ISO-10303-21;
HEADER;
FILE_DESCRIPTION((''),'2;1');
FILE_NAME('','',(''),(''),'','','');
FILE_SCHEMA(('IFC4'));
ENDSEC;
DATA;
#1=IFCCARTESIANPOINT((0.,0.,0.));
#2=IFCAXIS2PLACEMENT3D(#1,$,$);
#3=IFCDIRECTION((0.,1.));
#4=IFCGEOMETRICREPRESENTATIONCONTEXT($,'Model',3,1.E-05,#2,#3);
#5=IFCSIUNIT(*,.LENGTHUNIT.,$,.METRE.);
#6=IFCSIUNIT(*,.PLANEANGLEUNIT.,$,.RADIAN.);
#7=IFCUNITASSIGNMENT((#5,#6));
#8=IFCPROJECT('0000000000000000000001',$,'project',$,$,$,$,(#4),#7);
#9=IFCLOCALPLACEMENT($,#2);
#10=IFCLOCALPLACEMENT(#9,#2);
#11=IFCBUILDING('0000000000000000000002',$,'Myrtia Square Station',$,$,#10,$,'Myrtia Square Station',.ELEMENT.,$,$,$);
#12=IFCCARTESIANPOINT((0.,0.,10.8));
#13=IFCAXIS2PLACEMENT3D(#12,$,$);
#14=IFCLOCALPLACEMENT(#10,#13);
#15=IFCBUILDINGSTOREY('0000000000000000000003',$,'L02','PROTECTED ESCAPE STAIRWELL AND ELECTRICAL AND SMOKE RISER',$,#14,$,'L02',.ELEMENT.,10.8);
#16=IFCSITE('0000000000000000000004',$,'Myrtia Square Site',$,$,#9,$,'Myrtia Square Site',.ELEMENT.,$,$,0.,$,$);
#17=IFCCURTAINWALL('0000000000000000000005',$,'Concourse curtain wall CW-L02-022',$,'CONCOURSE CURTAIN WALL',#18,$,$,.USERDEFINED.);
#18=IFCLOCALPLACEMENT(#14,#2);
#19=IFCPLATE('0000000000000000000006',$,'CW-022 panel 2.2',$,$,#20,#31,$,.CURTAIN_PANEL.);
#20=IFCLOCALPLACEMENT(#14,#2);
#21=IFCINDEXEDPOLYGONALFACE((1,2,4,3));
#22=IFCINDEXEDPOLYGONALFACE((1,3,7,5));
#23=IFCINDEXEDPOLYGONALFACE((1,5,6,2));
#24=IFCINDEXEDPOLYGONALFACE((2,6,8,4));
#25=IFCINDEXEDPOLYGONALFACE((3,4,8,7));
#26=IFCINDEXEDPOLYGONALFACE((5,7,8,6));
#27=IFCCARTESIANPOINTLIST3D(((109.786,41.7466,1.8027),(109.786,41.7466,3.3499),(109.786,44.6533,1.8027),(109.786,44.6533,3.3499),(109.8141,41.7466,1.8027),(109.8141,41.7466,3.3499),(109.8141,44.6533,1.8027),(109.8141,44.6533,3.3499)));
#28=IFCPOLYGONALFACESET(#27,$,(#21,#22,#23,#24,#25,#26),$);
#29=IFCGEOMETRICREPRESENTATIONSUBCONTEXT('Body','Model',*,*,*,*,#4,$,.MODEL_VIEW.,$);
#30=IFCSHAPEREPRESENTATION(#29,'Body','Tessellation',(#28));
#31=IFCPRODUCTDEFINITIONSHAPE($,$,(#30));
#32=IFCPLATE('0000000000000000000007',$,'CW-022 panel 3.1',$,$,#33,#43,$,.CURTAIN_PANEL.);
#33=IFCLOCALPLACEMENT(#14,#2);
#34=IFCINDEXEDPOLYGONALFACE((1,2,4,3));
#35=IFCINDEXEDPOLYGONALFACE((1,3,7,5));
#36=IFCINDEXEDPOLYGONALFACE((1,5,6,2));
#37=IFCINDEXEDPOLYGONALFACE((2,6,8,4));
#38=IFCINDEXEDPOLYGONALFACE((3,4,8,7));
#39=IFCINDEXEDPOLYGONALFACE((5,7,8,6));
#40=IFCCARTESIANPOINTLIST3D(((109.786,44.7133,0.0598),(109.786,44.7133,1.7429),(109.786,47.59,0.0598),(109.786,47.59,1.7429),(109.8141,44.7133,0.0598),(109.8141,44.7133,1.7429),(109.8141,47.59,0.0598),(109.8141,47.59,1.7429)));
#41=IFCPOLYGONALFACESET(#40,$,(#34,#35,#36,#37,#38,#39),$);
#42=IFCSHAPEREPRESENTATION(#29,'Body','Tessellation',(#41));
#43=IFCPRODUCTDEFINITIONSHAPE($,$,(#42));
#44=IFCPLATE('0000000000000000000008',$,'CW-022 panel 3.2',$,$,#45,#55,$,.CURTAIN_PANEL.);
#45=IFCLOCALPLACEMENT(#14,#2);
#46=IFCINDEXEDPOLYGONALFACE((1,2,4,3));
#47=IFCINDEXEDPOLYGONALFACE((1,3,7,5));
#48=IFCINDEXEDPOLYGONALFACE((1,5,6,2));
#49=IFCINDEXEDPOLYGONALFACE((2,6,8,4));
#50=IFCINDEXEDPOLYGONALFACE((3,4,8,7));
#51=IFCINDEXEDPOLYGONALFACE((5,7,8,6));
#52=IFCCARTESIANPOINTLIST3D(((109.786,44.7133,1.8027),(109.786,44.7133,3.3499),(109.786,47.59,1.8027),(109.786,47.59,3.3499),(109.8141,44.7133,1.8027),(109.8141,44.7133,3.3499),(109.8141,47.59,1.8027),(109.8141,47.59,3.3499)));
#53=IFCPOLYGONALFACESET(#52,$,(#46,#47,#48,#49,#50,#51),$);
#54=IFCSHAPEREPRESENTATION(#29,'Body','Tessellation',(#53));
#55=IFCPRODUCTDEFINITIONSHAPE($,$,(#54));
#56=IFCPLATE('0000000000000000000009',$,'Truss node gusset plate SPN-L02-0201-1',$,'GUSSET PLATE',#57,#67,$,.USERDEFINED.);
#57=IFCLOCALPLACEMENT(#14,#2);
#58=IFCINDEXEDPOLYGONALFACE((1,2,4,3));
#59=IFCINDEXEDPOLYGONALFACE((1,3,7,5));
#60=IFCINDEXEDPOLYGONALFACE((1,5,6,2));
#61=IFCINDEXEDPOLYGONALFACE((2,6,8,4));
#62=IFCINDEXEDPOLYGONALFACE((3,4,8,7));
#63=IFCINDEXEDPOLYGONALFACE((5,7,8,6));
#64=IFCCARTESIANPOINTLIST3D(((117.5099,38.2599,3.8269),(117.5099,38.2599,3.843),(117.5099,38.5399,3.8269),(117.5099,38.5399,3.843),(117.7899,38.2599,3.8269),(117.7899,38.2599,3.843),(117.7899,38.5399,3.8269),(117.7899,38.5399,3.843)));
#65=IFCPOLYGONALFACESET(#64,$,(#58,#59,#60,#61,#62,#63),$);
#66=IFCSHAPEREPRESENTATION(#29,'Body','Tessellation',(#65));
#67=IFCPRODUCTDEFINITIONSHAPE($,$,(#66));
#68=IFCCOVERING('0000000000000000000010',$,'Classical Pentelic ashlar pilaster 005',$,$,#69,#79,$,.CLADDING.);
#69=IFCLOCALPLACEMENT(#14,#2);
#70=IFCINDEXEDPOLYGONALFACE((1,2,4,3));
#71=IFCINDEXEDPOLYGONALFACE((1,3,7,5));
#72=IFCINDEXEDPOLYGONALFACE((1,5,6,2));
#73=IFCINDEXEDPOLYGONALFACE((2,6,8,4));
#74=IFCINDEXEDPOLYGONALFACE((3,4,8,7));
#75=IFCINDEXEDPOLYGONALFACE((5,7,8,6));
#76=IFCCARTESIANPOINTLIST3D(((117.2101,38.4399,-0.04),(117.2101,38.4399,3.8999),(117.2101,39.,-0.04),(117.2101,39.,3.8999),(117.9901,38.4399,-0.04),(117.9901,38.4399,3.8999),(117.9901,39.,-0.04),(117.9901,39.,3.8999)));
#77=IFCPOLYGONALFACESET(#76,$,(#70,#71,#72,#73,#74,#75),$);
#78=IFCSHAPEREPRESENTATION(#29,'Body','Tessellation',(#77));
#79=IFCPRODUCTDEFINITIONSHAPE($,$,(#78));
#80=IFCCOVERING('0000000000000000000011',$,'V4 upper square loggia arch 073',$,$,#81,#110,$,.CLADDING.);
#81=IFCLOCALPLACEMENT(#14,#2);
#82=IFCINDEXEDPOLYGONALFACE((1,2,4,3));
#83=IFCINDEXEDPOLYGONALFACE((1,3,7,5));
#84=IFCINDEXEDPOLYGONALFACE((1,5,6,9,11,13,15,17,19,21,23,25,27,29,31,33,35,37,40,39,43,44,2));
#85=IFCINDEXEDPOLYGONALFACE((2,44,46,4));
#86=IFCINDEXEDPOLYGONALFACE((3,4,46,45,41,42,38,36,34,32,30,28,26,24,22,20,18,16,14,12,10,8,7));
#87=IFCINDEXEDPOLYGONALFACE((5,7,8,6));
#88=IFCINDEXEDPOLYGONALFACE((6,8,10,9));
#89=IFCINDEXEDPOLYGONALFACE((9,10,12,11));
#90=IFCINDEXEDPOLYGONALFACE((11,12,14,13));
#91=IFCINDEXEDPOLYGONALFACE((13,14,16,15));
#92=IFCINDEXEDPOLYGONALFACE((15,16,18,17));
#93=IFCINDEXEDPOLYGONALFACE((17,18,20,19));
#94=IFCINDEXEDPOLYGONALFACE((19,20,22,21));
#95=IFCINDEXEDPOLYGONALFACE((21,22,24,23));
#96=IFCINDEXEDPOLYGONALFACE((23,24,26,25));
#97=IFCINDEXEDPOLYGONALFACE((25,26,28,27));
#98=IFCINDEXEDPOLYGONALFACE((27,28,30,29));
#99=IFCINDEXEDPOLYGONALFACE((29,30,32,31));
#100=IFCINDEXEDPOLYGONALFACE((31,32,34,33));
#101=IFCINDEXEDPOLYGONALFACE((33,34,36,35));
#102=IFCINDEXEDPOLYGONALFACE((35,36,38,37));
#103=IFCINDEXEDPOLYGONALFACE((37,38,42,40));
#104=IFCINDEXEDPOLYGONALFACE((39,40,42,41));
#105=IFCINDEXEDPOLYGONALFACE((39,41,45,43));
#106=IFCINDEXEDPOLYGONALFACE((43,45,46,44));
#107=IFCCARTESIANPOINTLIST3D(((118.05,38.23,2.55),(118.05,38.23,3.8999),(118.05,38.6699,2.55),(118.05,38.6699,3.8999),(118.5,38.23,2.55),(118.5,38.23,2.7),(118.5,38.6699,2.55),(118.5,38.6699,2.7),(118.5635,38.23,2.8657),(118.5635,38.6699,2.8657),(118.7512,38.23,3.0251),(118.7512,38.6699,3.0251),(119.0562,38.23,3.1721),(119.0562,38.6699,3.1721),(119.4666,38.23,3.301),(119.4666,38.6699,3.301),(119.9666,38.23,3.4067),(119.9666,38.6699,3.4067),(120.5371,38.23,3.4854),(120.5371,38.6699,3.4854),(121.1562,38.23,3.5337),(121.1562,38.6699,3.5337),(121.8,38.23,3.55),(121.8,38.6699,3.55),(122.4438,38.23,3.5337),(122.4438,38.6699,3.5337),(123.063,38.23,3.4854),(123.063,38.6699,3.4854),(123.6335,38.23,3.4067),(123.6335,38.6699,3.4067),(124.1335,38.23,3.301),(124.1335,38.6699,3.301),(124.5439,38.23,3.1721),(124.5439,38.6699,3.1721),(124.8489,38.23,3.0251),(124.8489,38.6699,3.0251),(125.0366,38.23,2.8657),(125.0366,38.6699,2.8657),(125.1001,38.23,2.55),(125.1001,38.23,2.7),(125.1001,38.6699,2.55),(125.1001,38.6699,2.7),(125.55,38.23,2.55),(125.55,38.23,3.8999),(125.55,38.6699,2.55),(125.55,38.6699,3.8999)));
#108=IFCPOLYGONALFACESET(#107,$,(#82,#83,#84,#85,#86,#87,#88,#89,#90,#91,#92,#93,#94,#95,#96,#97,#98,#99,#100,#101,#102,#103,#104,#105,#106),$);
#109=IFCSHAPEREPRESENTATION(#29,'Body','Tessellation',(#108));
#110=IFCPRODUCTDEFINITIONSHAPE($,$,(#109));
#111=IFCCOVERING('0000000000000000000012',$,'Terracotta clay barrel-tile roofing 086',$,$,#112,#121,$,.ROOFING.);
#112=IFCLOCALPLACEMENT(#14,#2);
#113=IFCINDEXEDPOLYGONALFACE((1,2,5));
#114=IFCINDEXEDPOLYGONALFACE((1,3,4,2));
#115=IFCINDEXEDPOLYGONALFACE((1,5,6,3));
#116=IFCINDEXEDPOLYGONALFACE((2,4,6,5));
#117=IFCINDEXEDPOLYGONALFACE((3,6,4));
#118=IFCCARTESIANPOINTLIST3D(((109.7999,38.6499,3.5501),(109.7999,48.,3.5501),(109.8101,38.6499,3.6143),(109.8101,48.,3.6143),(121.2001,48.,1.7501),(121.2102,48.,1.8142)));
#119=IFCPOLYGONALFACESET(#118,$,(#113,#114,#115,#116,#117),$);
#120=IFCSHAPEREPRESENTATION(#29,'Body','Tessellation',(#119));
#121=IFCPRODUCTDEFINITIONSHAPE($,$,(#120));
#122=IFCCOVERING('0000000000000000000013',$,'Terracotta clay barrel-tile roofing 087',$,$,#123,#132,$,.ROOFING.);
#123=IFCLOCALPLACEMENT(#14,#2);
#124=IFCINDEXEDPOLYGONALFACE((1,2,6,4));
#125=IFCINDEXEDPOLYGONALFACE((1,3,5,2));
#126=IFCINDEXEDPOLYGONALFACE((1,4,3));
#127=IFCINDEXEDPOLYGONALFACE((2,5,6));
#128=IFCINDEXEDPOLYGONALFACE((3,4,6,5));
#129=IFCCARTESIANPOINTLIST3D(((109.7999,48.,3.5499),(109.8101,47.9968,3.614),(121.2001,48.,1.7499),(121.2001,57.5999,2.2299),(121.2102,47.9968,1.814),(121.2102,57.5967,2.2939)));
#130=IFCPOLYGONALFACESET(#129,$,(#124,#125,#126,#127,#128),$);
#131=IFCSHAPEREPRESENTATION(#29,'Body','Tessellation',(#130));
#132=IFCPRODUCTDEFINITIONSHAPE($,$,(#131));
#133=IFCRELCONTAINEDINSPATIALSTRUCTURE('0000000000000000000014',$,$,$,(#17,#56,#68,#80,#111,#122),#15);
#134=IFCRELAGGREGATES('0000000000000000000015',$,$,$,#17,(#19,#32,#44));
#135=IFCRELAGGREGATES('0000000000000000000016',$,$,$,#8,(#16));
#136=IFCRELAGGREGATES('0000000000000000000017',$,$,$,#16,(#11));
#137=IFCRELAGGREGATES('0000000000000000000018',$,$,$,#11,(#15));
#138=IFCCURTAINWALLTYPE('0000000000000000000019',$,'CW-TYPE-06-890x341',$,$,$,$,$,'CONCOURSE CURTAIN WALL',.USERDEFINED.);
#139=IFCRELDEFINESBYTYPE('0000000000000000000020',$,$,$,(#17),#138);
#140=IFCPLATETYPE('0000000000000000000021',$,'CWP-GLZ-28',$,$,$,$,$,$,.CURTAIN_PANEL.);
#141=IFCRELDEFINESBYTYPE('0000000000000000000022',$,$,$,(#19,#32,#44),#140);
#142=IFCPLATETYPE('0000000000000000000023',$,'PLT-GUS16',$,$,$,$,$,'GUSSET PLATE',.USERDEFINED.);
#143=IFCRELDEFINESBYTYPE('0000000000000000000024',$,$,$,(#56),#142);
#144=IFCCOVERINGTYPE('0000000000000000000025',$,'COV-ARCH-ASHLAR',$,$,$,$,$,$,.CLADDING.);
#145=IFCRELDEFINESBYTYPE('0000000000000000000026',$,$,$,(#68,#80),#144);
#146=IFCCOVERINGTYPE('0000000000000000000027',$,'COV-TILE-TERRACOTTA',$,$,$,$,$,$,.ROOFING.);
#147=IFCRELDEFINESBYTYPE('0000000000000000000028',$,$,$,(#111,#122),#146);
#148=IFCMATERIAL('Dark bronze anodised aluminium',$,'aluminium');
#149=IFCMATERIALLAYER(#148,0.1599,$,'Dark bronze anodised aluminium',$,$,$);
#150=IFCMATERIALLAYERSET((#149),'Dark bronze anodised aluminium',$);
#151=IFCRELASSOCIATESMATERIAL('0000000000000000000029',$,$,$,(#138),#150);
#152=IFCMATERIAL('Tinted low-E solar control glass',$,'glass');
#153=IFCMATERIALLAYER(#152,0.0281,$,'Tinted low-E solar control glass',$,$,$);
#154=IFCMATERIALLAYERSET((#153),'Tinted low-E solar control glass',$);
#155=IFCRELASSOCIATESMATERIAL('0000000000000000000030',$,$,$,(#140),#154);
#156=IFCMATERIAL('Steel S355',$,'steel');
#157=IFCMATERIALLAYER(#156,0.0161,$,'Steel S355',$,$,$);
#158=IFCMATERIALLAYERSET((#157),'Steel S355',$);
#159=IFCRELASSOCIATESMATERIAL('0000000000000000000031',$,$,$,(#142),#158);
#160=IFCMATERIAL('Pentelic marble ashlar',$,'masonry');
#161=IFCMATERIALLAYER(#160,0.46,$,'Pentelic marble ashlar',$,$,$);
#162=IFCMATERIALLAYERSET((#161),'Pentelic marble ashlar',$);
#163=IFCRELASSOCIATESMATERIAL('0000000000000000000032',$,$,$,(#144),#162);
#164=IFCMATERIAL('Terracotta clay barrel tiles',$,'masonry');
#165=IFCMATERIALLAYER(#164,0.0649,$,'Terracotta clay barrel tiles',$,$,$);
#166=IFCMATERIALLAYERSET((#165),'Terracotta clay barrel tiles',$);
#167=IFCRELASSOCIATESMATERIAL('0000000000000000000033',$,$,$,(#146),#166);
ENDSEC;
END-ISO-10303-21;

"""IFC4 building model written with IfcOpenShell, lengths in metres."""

from ifc_helpers import new_model, si_unit, direction, frame, origin, origin_2d, place, context, subcontext, project, spatial, polyline, rectangle, outline, extrude, material, layer, layer_set, type_object, element, aggregate, save


model = new_model("IFC4")

# Units and contexts
model_context = context("Model", 3, precision=1e-05, world=origin(), true_north=direction((0.0, 1.0)))
body_context = subcontext(model_context, "Body", "Model", "MODEL_VIEW")
ifc_project = project(units=[si_unit("LENGTHUNIT", "METRE"), si_unit("PLANEANGLEUNIT", "RADIAN")], contexts=[model_context])

# Site, building, storey
site_placement = place(None, origin())
site = spatial("IfcSite", under=ifc_project, at=site_placement, Name="Myrtia Square Site", LongName="Myrtia Square Site", CompositionType="ELEMENT", RefElevation=0.0)
building_placement = place(site_placement, origin())
building = spatial("IfcBuilding", under=site, at=building_placement, Name="Myrtia Square Station", LongName="Myrtia Square Station", CompositionType="ELEMENT")
storey_placement = place(building_placement, frame((0.0, 0.0, 10.8)))
storey = spatial("IfcBuildingStorey", under=building, at=storey_placement, Name="L02", Description="PROTECTED ESCAPE STAIRWELL AND ELECTRICAL AND SMOKE RISER", LongName="L02", CompositionType="ELEMENT", Elevation=10.8)

# Shared definitions
ifc_material_1 = material(Name="Steel S355", Category="steel")

# Curtain wall
ifc_material_2 = material(Name="Dark bronze anodised aluminium", Category="aluminium")
ifc_layer_1 = layer(ifc_material_2, 0.1599, Name="Dark bronze anodised aluminium")
ifc_layer_set_1 = layer_set([ifc_layer_1], Name="Dark bronze anodised aluminium")
curtain_wall_type = type_object("IfcCurtainWallType", Name="CW-TYPE-06-890x341", ElementType="CONCOURSE CURTAIN WALL", PredefinedType="USERDEFINED", material=ifc_layer_set_1)
curtain_wall_placement = place(storey_placement, origin())
curtain_wall = element("IfcCurtainWall", 1, at=curtain_wall_placement, inside=storey, type_object=curtain_wall_type, Name="Concourse curtain wall CW-L02-022", ObjectType="CONCOURSE CURTAIN WALL", PredefinedType="USERDEFINED")

# Plates
ifc_material_3 = material(Name="Tinted low-E solar control glass", Category="glass")
ifc_layer_2 = layer(ifc_material_3, 0.0281, Name="Tinted low-E solar control glass")
ifc_layer_set_2 = layer_set([ifc_layer_2], Name="Tinted low-E solar control glass")
plate_type_1 = type_object("IfcPlateType", Name="CWP-GLZ-28", PredefinedType="CURTAIN_PANEL", material=ifc_layer_set_2)
plate_1_placement = place(storey_placement, frame((109.8, 43.2, 1.8027), z_axis=(0.0, 0.0, 1.0), x_axis=(0.0, 1.0, 0.0)))
plate_1 = element("IfcPlate", 2, at=plate_1_placement, type_object=plate_type_1, Name="CW-022 panel 2.2", PredefinedType="CURTAIN_PANEL", context=body_context, shape_type="SweptSolid", body=[
    extrude(rectangle(XDim=2.9067, YDim=0.0281, at=origin_2d()), origin(), (0.0, 0.0, 1.0), 1.5471),
])
plate_2_placement = place(storey_placement, frame((109.8, 46.1516, 0.0598), z_axis=(0.0, 0.0, 1.0), x_axis=(0.0, 1.0, 0.0)))
plate_2 = element("IfcPlate", 3, at=plate_2_placement, type_object=plate_type_1, Name="CW-022 panel 3.1", PredefinedType="CURTAIN_PANEL", context=body_context, shape_type="SweptSolid", body=[
    extrude(rectangle(XDim=2.8767, YDim=0.0281, at=origin_2d()), origin(), (0.0, 0.0, 1.0), 1.6831),
])
plate_3_placement = place(storey_placement, frame((109.8, 46.1516, 1.8027), z_axis=(0.0, 0.0, 1.0), x_axis=(0.0, 1.0, 0.0)))
plate_3 = element("IfcPlate", 4, at=plate_3_placement, type_object=plate_type_1, Name="CW-022 panel 3.2", PredefinedType="CURTAIN_PANEL", context=body_context, shape_type="SweptSolid", body=[
    extrude(rectangle(XDim=2.8767, YDim=0.0281, at=origin_2d()), origin(), (0.0, 0.0, 1.0), 1.5471),
])
aggregate(curtain_wall, [plate_1, plate_2, plate_3])
ifc_layer_3 = layer(ifc_material_1, 0.0161, Name="Steel S355")
ifc_layer_set_3 = layer_set([ifc_layer_3], Name="Steel S355")
plate_type_2 = type_object("IfcPlateType", Name="PLT-GUS16", ElementType="GUSSET PLATE", PredefinedType="USERDEFINED", material=ifc_layer_set_3)
plate_4_placement = place(storey_placement, frame((117.6499, 38.3999, 3.8269), z_axis=(0.0, 0.0, 1.0), x_axis=(1.0, 0.0, 0.0)))
element("IfcPlate", 5, at=plate_4_placement, inside=storey, type_object=plate_type_2, Name="Truss node gusset plate SPN-L02-0201-1", ObjectType="GUSSET PLATE", PredefinedType="USERDEFINED", context=body_context, shape_type="SweptSolid", body=[
    extrude(rectangle(XDim=0.28, YDim=0.28, at=origin_2d()), origin(), (0.0, 0.0, 1.0), 0.0161),
])

# Coverings
ifc_material_4 = material(Name="Pentelic marble ashlar", Category="masonry")
ifc_layer_4 = layer(ifc_material_4, 0.46, Name="Pentelic marble ashlar")
ifc_layer_set_4 = layer_set([ifc_layer_4], Name="Pentelic marble ashlar")
covering_type_1 = type_object("IfcCoveringType", Name="COV-ARCH-ASHLAR", PredefinedType="CLADDING", material=ifc_layer_set_4)
covering_1_placement = place(storey_placement, frame((117.6001, 38.72, -0.04), z_axis=(0.0, 0.0, 1.0), x_axis=(1.0, 0.0, 0.0)))
element("IfcCovering", 6, at=covering_1_placement, inside=storey, type_object=covering_type_1, Name="Classical Pentelic ashlar pilaster 005", PredefinedType="CLADDING", context=body_context, shape_type="SweptSolid", body=[
    extrude(rectangle(XDim=0.78, YDim=0.5601, at=origin_2d()), origin(), (0.0, 0.0, 1.0), 3.9399),
])
covering_2_placement = place(storey_placement, frame((118.05, 38.45, 2.55), z_axis=(0.0, 0.0, 1.0), x_axis=(1.0, 0.0, 0.0)))
element("IfcCovering", 7, at=covering_2_placement, inside=storey, type_object=covering_type_1, Name="V4 upper square loggia arch 073", PredefinedType="CLADDING", context=body_context, shape_type="SweptSolid", body=[
    extrude(outline(polyline([(0.0, 0.0), (0.45, 0.0), (0.45, 0.1499), (0.5134, 0.3157), (0.7012, 0.4751), (1.0061, 0.6221), (1.4165, 0.751), (1.9165, 0.8567), (2.4871, 0.9353), (3.1062, 0.9836), (3.75, 1.0), (4.3938, 0.9836), (5.0129, 0.9353), (5.5835, 0.8567), (6.0835, 0.751), (6.4939, 0.6221), (6.7988, 0.4751), (6.9866, 0.3157), (7.05, 0.1499), (7.05, 0.0), (7.5, 0.0), (7.5, 1.3499), (0.0, 1.3499), (0.0, 0.0)])), frame((0.0, 0.22, 0.0), z_axis=(0.0, -1.0, 0.0), x_axis=(1.0, 0.0, 0.0)), (0.0, 0.0, 1.0), 0.4399),
])
ifc_material_5 = material(Name="Terracotta clay barrel tiles", Category="masonry")
ifc_layer_5 = layer(ifc_material_5, 0.0649, Name="Terracotta clay barrel tiles")
ifc_layer_set_5 = layer_set([ifc_layer_5], Name="Terracotta clay barrel tiles")
covering_type_2 = type_object("IfcCoveringType", Name="COV-TILE-TERRACOTTA", PredefinedType="ROOFING", material=ifc_layer_set_5)
covering_3_placement = place(storey_placement, frame((109.8101, 38.6499, 3.6143), z_axis=(0.155965, 0.0, 0.987763), x_axis=(0.767503, 0.629486, -0.121186)))
element("IfcCovering", 8, at=covering_3_placement, inside=storey, type_object=covering_type_2, Name="Terracotta clay barrel-tile roofing 086", PredefinedType="ROOFING", context=body_context, shape_type="SweptSolid", body=[
    extrude(outline(polyline([(0.0, 0.0), (14.8535, 0.0), (5.8858, 7.2651), (0.0, 0.0)])), origin(), (0.0, 0.0, -1.0), 0.0649),
])
covering_4_placement = place(storey_placement, frame((109.8101, 47.9968, 3.614), z_axis=(0.155775, -0.049327, 0.98656), x_axis=(0.987763, 0.0, -0.155965)))
element("IfcCovering", 9, at=covering_4_placement, inside=storey, type_object=covering_type_2, Name="Terracotta clay barrel-tile roofing 087", PredefinedType="ROOFING", context=body_context, shape_type="SweptSolid", body=[
    extrude(outline(polyline([(0.0, 0.0), (11.5414, 0.0), (11.4665, 9.6116), (0.0, 0.0)])), origin(), (0.0, 0.0, -1.0), 0.0649),
])

save(model, "model.ifc")
